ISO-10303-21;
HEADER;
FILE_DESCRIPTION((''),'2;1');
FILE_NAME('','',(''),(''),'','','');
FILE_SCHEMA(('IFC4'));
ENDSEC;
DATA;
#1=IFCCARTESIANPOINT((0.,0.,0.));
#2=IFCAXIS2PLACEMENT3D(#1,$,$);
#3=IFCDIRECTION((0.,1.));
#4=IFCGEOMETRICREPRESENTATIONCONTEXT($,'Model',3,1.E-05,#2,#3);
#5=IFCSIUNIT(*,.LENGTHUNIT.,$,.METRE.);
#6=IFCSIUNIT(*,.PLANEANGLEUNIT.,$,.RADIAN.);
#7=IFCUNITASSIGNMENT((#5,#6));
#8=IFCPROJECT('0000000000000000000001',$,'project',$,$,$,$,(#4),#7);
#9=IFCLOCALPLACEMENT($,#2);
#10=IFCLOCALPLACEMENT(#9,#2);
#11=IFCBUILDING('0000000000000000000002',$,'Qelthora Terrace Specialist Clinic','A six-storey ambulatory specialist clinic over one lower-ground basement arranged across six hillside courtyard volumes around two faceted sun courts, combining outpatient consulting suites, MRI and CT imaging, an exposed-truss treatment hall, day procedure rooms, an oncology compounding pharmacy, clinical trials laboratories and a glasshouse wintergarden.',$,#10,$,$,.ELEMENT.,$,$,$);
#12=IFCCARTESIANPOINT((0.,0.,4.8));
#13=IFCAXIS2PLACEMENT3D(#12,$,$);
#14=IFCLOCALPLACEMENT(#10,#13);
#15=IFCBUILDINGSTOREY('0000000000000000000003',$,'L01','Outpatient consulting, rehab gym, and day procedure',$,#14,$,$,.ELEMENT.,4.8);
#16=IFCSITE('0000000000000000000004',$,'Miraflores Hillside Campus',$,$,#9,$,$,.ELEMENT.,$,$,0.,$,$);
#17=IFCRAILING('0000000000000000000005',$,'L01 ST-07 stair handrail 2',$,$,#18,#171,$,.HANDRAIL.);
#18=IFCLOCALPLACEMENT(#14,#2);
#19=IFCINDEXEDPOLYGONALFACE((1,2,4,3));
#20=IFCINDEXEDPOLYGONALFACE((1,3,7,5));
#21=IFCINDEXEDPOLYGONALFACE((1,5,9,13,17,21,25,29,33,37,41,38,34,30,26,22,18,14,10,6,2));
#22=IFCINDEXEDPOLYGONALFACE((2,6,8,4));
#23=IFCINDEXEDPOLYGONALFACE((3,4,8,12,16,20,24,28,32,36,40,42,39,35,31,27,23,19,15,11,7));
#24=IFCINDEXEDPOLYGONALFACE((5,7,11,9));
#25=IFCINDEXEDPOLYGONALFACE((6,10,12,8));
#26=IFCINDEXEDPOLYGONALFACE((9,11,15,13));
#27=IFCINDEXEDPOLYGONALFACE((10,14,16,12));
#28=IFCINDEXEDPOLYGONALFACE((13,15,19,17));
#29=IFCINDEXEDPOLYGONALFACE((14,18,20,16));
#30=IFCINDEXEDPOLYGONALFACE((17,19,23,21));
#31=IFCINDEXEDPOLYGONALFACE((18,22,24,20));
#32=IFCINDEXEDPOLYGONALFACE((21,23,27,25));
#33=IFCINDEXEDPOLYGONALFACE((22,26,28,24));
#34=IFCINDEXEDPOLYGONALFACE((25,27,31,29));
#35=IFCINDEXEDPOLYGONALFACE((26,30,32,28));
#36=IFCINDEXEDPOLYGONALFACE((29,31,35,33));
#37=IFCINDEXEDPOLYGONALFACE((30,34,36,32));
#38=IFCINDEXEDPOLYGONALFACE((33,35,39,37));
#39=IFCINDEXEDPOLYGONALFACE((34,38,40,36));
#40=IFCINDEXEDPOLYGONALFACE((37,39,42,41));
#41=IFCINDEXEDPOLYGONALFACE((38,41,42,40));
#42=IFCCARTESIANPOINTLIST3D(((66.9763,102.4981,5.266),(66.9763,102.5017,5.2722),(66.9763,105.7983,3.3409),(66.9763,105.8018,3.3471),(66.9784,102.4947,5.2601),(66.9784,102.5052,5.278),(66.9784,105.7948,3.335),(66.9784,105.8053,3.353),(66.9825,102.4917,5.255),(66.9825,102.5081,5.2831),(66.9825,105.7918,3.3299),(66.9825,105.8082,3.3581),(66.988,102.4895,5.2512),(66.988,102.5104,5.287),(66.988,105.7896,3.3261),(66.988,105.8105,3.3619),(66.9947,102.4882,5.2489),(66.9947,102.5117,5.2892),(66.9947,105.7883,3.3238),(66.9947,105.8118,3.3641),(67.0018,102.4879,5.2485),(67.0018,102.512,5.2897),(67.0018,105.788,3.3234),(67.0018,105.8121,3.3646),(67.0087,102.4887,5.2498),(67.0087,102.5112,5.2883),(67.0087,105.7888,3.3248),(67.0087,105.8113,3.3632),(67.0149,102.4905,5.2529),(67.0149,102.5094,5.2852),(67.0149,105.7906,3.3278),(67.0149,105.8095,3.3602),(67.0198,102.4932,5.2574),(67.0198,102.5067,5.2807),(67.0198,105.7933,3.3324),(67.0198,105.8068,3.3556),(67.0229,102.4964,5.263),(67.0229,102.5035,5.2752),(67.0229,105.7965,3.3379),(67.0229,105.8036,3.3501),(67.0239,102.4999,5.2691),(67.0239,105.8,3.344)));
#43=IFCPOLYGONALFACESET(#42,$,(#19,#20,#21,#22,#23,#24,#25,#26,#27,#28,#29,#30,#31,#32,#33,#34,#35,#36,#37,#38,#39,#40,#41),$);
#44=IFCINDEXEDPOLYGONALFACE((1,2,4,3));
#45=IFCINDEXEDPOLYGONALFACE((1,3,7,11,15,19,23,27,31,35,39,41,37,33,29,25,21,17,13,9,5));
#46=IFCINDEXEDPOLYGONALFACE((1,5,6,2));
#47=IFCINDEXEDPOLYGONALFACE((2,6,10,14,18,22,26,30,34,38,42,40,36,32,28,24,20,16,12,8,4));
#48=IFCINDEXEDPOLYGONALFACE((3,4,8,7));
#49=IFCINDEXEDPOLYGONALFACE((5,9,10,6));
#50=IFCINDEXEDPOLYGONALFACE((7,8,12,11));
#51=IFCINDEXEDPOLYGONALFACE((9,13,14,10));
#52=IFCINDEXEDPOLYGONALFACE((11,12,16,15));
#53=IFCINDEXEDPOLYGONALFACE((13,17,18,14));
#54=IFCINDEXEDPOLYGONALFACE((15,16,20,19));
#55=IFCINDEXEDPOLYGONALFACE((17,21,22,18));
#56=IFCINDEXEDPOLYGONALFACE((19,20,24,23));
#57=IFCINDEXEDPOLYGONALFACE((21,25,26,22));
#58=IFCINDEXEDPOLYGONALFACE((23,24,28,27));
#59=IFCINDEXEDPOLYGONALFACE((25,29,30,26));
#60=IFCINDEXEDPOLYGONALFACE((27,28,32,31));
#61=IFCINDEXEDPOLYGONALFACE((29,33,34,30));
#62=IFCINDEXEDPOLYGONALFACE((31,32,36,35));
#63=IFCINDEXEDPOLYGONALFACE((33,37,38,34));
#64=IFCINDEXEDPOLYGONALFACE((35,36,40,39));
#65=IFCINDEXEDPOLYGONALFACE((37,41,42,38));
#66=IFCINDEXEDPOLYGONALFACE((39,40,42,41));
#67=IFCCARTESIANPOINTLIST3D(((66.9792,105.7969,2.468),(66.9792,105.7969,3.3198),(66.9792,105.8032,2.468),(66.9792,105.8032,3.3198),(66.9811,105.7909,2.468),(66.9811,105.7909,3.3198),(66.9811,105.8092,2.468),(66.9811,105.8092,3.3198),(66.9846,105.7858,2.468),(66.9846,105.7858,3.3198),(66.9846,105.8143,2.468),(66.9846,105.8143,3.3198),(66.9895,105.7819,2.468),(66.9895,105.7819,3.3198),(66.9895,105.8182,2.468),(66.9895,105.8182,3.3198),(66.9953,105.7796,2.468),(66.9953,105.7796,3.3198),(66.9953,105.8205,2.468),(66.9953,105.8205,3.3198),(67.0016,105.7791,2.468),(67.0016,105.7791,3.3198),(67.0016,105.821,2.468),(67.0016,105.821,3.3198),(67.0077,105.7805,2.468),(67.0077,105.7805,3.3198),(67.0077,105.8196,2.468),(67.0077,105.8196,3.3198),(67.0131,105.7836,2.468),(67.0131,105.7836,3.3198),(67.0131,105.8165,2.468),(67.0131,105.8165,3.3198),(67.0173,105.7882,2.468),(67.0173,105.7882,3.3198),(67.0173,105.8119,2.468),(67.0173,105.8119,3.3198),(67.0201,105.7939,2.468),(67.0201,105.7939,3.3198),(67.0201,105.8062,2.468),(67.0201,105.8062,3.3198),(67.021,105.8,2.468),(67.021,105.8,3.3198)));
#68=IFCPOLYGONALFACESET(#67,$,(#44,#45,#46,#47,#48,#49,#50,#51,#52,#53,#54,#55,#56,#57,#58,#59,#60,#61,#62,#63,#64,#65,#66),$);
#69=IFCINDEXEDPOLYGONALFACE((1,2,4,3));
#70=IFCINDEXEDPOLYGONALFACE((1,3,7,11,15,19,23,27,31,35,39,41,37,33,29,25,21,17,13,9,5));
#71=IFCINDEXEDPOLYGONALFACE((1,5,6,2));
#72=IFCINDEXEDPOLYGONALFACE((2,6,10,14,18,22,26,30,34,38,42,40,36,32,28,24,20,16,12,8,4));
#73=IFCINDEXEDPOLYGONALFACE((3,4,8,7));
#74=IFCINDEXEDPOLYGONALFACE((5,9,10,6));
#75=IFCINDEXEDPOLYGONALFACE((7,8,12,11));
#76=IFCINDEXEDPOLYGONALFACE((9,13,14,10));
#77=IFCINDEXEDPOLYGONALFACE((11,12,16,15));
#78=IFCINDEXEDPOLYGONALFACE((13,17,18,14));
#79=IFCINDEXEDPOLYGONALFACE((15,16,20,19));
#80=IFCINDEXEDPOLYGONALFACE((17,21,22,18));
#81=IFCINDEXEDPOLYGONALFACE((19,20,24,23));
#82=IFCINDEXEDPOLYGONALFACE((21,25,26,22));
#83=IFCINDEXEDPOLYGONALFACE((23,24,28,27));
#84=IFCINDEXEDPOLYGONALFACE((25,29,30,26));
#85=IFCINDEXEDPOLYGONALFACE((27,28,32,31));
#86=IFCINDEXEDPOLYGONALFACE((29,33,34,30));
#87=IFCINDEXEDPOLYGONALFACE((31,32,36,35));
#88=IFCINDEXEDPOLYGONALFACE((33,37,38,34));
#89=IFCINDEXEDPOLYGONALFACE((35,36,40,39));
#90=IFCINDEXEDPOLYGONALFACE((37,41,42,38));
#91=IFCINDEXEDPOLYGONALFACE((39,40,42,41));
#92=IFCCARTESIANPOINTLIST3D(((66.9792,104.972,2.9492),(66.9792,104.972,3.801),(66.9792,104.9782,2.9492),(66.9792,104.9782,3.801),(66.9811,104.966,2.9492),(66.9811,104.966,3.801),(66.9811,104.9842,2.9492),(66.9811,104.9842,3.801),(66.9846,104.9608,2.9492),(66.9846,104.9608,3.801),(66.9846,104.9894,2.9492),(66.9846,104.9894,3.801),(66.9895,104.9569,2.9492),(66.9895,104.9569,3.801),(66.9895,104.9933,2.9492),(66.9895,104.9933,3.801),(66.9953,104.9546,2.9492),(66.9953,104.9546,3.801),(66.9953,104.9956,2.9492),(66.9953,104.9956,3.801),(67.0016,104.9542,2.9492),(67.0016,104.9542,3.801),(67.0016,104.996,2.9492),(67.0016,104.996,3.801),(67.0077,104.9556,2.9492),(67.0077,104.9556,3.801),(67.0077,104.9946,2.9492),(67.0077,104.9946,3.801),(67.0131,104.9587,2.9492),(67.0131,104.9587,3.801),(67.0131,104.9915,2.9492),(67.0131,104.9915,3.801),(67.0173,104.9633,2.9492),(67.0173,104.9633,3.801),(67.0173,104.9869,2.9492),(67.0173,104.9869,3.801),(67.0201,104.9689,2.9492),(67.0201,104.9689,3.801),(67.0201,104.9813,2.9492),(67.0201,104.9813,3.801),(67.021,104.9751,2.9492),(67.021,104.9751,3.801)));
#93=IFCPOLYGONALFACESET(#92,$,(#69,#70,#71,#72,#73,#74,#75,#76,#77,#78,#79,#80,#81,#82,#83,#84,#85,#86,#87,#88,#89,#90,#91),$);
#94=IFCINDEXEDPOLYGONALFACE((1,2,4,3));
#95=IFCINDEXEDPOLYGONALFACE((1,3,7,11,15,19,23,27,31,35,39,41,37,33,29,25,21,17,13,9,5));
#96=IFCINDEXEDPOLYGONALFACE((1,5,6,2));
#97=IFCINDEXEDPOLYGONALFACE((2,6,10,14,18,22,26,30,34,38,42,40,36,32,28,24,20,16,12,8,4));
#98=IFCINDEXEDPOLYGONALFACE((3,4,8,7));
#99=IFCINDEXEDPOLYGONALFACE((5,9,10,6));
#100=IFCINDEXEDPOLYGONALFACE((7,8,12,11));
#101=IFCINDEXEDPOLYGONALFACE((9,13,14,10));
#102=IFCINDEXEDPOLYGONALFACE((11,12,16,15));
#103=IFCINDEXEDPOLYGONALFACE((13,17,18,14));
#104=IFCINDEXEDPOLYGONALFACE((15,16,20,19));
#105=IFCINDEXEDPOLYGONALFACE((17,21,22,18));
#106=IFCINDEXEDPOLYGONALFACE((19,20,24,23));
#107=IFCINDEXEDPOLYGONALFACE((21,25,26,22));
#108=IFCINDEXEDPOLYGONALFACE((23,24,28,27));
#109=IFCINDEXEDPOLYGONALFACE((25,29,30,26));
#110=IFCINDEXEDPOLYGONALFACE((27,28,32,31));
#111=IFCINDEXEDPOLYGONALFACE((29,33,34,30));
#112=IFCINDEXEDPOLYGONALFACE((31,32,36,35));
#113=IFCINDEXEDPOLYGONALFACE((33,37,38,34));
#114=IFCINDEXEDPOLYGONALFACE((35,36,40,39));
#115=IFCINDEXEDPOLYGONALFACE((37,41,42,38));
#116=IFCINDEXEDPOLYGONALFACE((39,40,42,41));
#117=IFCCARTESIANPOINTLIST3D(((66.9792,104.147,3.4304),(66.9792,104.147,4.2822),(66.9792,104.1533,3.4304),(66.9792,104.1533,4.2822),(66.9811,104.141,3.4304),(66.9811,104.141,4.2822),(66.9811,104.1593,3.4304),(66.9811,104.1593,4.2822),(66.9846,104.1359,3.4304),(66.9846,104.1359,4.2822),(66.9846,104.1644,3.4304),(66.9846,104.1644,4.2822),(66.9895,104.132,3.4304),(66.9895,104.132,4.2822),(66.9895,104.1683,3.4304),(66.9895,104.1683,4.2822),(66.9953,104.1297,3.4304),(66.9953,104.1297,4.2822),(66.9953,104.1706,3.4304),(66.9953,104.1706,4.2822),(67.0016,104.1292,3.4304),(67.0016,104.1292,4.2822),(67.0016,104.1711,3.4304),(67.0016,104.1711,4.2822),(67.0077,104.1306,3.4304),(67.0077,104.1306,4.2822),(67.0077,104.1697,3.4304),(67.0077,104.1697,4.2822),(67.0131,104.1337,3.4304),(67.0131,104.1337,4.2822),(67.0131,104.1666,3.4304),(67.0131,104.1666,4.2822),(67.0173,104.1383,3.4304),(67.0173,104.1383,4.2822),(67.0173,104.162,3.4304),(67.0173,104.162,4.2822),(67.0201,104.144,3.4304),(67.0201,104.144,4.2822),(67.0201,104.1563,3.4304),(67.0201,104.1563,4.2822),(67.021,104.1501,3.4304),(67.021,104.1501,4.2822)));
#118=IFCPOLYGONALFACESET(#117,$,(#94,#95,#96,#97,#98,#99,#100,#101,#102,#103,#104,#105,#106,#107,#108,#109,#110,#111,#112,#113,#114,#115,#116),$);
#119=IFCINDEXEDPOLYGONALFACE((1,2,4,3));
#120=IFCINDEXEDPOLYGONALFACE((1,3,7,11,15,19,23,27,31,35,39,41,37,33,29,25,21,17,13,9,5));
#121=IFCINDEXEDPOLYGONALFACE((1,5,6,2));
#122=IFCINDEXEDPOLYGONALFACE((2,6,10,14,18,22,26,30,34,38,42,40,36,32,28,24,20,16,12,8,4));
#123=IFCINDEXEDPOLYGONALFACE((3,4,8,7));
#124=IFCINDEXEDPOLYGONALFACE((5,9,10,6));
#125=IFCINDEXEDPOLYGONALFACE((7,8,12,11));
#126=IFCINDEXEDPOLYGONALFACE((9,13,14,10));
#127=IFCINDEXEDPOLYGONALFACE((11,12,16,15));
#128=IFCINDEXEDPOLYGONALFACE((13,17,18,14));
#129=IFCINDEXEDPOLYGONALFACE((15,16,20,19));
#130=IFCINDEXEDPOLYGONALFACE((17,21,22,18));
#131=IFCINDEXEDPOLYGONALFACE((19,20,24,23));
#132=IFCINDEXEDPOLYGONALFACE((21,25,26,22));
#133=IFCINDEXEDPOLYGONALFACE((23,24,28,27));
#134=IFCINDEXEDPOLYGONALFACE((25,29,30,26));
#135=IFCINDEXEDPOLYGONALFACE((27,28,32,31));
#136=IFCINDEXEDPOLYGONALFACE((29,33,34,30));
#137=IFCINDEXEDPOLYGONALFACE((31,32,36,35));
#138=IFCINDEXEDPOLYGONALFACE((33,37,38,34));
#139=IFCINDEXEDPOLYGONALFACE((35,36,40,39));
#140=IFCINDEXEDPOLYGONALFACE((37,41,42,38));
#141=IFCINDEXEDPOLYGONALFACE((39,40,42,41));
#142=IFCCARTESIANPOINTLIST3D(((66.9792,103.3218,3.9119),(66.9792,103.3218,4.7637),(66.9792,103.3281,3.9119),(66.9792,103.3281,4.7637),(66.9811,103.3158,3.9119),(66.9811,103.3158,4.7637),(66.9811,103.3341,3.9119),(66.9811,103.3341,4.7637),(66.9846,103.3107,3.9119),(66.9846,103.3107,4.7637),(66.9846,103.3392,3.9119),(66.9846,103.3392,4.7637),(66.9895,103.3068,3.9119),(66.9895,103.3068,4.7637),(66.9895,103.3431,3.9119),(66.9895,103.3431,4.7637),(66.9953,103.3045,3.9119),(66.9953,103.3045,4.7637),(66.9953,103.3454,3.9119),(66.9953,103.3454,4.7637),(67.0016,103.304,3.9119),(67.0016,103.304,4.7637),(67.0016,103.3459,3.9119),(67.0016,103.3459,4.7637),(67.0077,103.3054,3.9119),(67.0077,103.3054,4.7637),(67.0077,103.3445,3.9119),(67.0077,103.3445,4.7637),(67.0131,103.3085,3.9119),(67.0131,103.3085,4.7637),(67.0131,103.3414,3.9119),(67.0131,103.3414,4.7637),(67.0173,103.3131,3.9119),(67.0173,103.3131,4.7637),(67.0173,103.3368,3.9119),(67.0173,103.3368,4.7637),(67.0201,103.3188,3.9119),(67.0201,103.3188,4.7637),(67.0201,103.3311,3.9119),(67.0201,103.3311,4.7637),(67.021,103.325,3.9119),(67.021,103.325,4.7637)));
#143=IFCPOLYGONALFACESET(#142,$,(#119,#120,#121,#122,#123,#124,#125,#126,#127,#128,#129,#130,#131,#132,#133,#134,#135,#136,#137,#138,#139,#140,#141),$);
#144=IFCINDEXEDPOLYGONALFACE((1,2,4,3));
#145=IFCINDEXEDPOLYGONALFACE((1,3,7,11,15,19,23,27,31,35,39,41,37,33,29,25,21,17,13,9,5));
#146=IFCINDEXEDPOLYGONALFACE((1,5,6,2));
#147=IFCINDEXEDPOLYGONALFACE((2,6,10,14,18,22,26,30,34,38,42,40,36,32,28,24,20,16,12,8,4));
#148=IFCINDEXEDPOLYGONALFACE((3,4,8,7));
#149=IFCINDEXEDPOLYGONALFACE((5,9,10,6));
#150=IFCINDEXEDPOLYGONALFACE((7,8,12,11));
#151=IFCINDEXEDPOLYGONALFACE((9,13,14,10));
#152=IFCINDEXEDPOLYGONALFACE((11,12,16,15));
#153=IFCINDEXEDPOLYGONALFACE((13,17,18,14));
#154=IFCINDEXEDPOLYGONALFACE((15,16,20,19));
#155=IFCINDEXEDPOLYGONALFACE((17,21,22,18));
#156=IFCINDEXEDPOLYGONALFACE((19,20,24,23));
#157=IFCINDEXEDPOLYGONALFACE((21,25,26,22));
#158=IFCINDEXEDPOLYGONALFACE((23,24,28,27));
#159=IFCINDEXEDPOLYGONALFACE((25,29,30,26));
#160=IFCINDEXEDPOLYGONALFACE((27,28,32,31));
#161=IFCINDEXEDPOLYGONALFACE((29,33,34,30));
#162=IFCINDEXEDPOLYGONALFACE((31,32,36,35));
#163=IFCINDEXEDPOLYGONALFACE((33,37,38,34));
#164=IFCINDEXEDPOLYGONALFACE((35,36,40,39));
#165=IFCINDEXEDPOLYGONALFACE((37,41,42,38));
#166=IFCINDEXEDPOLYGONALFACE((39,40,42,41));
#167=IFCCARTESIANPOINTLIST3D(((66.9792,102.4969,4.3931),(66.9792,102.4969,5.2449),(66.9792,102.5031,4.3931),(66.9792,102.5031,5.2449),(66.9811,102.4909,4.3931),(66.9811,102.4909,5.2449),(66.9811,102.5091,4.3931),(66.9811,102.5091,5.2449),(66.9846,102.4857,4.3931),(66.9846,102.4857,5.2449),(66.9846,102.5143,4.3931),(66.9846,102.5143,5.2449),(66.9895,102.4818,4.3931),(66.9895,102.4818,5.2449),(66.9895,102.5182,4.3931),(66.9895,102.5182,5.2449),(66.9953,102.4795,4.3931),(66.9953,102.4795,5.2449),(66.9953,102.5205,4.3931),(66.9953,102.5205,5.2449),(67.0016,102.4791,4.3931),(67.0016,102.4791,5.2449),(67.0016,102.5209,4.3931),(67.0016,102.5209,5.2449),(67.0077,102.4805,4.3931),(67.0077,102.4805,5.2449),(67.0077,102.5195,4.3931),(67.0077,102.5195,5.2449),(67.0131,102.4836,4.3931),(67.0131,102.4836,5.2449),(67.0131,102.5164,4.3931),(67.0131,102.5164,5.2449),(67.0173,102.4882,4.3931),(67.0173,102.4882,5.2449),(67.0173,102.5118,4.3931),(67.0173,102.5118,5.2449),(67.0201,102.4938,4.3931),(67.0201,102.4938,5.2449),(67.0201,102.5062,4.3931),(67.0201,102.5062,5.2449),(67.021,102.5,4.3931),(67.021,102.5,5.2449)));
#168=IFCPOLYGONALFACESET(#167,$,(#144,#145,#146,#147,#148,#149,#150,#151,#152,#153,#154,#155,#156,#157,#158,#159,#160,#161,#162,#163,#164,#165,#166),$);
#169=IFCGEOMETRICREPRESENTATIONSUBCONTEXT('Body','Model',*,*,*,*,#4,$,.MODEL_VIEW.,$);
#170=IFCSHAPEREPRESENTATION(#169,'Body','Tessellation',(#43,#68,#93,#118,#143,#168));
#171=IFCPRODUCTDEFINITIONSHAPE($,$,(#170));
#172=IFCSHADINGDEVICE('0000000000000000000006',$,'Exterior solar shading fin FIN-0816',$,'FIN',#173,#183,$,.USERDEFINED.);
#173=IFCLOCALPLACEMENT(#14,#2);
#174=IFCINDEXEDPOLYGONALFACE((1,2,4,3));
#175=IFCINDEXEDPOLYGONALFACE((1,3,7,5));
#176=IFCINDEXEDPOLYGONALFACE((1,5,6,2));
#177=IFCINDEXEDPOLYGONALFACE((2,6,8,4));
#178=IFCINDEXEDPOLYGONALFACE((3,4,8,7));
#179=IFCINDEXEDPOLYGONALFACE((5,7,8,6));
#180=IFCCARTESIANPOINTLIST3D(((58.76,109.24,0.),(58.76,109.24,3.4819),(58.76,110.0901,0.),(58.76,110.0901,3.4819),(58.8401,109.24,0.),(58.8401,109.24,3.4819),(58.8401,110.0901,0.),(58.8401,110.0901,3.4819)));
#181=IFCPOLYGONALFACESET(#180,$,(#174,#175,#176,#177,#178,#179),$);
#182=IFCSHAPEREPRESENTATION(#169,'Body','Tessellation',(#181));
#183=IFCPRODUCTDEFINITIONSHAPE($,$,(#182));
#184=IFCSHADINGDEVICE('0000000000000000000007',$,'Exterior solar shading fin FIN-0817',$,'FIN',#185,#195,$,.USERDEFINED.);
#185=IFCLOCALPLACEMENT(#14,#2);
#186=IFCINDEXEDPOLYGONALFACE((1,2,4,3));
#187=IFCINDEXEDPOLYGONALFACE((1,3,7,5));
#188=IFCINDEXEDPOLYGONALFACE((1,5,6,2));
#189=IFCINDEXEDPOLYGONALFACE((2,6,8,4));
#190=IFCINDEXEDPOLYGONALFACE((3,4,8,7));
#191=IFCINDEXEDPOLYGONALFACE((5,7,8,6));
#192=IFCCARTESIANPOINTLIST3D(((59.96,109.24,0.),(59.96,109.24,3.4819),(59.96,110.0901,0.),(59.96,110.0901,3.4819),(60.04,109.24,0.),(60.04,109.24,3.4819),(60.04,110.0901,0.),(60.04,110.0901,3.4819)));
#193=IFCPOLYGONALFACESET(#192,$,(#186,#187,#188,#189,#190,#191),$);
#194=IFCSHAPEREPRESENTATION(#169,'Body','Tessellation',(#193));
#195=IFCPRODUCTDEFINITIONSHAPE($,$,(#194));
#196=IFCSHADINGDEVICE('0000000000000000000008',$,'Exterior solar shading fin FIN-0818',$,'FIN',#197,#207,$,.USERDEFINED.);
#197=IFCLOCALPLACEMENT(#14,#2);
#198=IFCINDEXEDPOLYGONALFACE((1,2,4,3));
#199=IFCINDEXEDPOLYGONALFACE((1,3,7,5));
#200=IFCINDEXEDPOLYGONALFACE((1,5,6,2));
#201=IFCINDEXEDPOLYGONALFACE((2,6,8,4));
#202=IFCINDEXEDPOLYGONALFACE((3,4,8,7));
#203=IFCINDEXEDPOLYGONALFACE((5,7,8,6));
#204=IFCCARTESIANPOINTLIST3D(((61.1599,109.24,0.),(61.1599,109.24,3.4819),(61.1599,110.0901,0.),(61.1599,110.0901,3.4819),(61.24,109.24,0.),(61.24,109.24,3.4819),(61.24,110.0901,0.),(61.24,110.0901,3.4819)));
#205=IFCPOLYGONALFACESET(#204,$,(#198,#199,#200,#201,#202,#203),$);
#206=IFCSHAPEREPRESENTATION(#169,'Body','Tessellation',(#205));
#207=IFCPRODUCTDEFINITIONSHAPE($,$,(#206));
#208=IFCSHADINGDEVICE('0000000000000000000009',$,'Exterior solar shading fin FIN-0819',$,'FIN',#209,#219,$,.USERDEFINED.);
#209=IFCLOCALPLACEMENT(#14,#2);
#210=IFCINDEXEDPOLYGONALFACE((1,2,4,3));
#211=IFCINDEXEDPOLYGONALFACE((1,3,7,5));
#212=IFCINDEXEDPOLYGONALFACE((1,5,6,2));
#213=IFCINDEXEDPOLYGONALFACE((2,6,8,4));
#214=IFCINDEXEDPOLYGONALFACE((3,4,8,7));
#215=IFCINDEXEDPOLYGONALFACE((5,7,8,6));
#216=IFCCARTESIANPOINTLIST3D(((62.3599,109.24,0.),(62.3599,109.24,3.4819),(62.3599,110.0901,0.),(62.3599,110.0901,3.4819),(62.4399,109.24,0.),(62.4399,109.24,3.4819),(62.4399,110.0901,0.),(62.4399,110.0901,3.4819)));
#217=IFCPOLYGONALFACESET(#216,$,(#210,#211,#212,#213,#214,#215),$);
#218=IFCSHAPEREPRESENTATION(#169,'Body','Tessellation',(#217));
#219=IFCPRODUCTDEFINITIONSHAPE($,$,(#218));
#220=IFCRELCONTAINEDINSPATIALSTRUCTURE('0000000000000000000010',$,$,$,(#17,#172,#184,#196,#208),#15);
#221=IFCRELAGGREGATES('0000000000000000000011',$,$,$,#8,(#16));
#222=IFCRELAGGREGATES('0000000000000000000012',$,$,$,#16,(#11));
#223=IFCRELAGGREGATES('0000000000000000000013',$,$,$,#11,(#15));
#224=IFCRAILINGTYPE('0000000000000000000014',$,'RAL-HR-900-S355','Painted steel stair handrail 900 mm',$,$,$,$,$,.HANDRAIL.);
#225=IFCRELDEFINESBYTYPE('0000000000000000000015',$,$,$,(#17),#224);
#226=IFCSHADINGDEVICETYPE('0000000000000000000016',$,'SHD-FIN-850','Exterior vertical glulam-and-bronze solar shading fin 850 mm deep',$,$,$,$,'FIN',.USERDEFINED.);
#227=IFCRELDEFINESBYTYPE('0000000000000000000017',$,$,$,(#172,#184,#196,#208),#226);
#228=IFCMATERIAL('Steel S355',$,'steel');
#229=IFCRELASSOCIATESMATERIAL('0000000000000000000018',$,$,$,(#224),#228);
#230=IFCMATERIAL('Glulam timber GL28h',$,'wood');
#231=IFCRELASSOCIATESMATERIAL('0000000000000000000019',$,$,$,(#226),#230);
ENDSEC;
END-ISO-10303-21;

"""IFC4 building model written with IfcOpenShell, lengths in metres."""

from ifc_helpers import new_model, si_unit, direction, frame, origin, origin_2d, place, context, subcontext, project, spatial, rectangle, circle, extrude, material, type_object, element, save


model = new_model("IFC4")

# Units and contexts
model_context = context("Model", 3, precision=1e-05, world=origin(), true_north=direction((0.0, 1.0)))
body_context = subcontext(model_context, "Body", "Model", "MODEL_VIEW")
ifc_project = project(units=[si_unit("LENGTHUNIT", "METRE"), si_unit("PLANEANGLEUNIT", "RADIAN")], contexts=[model_context])

# Site, building, storey
site_placement = place(None, origin())
site = spatial("IfcSite", under=ifc_project, at=site_placement, Name="Miraflores Hillside Campus", CompositionType="ELEMENT", RefElevation=0.0)
building_placement = place(site_placement, origin())
building = spatial("IfcBuilding", under=site, at=building_placement, Name="Qelthora Terrace Specialist Clinic", Description="A six-storey ambulatory specialist clinic over one lower-ground basement arranged across six hillside courtyard volumes around two faceted sun courts, combining outpatient consulting suites, MRI and CT imaging, an exposed-truss treatment hall, day procedure rooms, an oncology compounding pharmacy, clinical trials laboratories and a glasshouse wintergarden.", CompositionType="ELEMENT")
storey_placement = place(building_placement, frame((0.0, 0.0, 4.8)))
storey = spatial("IfcBuildingStorey", under=building, at=storey_placement, Name="L01", Description="Outpatient consulting, rehab gym, and day procedure", CompositionType="ELEMENT", Elevation=4.8)

# Shared definitions
ifc_material_1 = material(Name="Steel S355", Category="steel")

# Railing
railing_type_1 = type_object("IfcRailingType", Name="RAL-HR-900-S355", Description="Painted steel stair handrail 900 mm", PredefinedType="HANDRAIL", material=ifc_material_1)
railing_1_placement = place(storey_placement, frame((67.0, 105.8, 2.468)))
element("IfcRailing", 1, at=railing_1_placement, inside=storey, type_object=railing_type_1, Name="L01 ST-07 stair handrail 2", PredefinedType="HANDRAIL", context=body_context, shape_type="SweptSolid", body=[
    extrude(circle(Radius=0.0239, at=origin_2d()), frame((0.0, 0.0, 0.876), z_axis=(0.0, -0.863777, 0.503875), x_axis=(1.0, 0.0, 0.0)), (0.0, 0.0, 1.0), 3.8206),
    extrude(circle(Radius=0.021, at=origin_2d()), origin(), (0.0, 0.0, 1.0), 0.8518),
    extrude(circle(Radius=0.021, at=origin_2d()), frame((0.0, -0.825, 0.4812)), (0.0, 0.0, 1.0), 0.8518),
    extrude(circle(Radius=0.021, at=origin_2d()), frame((0.0, -1.6499, 0.9624)), (0.0, 0.0, 1.0), 0.8518),
    extrude(circle(Radius=0.021, at=origin_2d()), frame((0.0, -2.4751, 1.4438)), (0.0, 0.0, 1.0), 0.8518),
    extrude(circle(Radius=0.021, at=origin_2d()), frame((0.0, -3.3, 1.925)), (0.0, 0.0, 1.0), 0.8518),
])

# Shading devices
ifc_material_2 = material(Name="Glulam timber GL28h", Category="wood")
shading_device_type = type_object("IfcShadingDeviceType", Name="SHD-FIN-850", Description="Exterior vertical glulam-and-bronze solar shading fin 850 mm deep", ElementType="FIN", PredefinedType="USERDEFINED", material=ifc_material_2)
for number, where, z_axis, x_axis, name in (
    (2, (58.8, 109.665, 0.0), (0.0, 0.0, 1.0), (0.0, 1.0, 0.0), "Exterior solar shading fin FIN-0816"),
    (3, (60.0, 109.665, 0.0), (0.0, 0.0, 1.0), (0.0, 1.0, 0.0), "Exterior solar shading fin FIN-0817"),
    (4, (61.2, 109.665, 0.0), (0.0, 0.0, 1.0), (0.0, 1.0, 0.0), "Exterior solar shading fin FIN-0818"),
    (5, (62.3999, 109.665, 0.0), (0.0, 0.0, 1.0), (0.0, 1.0, 0.0), "Exterior solar shading fin FIN-0819"),
):
    element("IfcShadingDevice", number, at=place(storey_placement, frame(where, z_axis=z_axis, x_axis=x_axis)), inside=storey, type_object=shading_device_type, Name=name, ObjectType="FIN", PredefinedType="USERDEFINED", context=body_context, shape_type="SweptSolid", body=[
        extrude(rectangle(XDim=0.8501, YDim=0.0801, at=origin_2d()), origin(), (0.0, 0.0, 1.0), 3.4819),
    ])

save(model, "model.ifc")
